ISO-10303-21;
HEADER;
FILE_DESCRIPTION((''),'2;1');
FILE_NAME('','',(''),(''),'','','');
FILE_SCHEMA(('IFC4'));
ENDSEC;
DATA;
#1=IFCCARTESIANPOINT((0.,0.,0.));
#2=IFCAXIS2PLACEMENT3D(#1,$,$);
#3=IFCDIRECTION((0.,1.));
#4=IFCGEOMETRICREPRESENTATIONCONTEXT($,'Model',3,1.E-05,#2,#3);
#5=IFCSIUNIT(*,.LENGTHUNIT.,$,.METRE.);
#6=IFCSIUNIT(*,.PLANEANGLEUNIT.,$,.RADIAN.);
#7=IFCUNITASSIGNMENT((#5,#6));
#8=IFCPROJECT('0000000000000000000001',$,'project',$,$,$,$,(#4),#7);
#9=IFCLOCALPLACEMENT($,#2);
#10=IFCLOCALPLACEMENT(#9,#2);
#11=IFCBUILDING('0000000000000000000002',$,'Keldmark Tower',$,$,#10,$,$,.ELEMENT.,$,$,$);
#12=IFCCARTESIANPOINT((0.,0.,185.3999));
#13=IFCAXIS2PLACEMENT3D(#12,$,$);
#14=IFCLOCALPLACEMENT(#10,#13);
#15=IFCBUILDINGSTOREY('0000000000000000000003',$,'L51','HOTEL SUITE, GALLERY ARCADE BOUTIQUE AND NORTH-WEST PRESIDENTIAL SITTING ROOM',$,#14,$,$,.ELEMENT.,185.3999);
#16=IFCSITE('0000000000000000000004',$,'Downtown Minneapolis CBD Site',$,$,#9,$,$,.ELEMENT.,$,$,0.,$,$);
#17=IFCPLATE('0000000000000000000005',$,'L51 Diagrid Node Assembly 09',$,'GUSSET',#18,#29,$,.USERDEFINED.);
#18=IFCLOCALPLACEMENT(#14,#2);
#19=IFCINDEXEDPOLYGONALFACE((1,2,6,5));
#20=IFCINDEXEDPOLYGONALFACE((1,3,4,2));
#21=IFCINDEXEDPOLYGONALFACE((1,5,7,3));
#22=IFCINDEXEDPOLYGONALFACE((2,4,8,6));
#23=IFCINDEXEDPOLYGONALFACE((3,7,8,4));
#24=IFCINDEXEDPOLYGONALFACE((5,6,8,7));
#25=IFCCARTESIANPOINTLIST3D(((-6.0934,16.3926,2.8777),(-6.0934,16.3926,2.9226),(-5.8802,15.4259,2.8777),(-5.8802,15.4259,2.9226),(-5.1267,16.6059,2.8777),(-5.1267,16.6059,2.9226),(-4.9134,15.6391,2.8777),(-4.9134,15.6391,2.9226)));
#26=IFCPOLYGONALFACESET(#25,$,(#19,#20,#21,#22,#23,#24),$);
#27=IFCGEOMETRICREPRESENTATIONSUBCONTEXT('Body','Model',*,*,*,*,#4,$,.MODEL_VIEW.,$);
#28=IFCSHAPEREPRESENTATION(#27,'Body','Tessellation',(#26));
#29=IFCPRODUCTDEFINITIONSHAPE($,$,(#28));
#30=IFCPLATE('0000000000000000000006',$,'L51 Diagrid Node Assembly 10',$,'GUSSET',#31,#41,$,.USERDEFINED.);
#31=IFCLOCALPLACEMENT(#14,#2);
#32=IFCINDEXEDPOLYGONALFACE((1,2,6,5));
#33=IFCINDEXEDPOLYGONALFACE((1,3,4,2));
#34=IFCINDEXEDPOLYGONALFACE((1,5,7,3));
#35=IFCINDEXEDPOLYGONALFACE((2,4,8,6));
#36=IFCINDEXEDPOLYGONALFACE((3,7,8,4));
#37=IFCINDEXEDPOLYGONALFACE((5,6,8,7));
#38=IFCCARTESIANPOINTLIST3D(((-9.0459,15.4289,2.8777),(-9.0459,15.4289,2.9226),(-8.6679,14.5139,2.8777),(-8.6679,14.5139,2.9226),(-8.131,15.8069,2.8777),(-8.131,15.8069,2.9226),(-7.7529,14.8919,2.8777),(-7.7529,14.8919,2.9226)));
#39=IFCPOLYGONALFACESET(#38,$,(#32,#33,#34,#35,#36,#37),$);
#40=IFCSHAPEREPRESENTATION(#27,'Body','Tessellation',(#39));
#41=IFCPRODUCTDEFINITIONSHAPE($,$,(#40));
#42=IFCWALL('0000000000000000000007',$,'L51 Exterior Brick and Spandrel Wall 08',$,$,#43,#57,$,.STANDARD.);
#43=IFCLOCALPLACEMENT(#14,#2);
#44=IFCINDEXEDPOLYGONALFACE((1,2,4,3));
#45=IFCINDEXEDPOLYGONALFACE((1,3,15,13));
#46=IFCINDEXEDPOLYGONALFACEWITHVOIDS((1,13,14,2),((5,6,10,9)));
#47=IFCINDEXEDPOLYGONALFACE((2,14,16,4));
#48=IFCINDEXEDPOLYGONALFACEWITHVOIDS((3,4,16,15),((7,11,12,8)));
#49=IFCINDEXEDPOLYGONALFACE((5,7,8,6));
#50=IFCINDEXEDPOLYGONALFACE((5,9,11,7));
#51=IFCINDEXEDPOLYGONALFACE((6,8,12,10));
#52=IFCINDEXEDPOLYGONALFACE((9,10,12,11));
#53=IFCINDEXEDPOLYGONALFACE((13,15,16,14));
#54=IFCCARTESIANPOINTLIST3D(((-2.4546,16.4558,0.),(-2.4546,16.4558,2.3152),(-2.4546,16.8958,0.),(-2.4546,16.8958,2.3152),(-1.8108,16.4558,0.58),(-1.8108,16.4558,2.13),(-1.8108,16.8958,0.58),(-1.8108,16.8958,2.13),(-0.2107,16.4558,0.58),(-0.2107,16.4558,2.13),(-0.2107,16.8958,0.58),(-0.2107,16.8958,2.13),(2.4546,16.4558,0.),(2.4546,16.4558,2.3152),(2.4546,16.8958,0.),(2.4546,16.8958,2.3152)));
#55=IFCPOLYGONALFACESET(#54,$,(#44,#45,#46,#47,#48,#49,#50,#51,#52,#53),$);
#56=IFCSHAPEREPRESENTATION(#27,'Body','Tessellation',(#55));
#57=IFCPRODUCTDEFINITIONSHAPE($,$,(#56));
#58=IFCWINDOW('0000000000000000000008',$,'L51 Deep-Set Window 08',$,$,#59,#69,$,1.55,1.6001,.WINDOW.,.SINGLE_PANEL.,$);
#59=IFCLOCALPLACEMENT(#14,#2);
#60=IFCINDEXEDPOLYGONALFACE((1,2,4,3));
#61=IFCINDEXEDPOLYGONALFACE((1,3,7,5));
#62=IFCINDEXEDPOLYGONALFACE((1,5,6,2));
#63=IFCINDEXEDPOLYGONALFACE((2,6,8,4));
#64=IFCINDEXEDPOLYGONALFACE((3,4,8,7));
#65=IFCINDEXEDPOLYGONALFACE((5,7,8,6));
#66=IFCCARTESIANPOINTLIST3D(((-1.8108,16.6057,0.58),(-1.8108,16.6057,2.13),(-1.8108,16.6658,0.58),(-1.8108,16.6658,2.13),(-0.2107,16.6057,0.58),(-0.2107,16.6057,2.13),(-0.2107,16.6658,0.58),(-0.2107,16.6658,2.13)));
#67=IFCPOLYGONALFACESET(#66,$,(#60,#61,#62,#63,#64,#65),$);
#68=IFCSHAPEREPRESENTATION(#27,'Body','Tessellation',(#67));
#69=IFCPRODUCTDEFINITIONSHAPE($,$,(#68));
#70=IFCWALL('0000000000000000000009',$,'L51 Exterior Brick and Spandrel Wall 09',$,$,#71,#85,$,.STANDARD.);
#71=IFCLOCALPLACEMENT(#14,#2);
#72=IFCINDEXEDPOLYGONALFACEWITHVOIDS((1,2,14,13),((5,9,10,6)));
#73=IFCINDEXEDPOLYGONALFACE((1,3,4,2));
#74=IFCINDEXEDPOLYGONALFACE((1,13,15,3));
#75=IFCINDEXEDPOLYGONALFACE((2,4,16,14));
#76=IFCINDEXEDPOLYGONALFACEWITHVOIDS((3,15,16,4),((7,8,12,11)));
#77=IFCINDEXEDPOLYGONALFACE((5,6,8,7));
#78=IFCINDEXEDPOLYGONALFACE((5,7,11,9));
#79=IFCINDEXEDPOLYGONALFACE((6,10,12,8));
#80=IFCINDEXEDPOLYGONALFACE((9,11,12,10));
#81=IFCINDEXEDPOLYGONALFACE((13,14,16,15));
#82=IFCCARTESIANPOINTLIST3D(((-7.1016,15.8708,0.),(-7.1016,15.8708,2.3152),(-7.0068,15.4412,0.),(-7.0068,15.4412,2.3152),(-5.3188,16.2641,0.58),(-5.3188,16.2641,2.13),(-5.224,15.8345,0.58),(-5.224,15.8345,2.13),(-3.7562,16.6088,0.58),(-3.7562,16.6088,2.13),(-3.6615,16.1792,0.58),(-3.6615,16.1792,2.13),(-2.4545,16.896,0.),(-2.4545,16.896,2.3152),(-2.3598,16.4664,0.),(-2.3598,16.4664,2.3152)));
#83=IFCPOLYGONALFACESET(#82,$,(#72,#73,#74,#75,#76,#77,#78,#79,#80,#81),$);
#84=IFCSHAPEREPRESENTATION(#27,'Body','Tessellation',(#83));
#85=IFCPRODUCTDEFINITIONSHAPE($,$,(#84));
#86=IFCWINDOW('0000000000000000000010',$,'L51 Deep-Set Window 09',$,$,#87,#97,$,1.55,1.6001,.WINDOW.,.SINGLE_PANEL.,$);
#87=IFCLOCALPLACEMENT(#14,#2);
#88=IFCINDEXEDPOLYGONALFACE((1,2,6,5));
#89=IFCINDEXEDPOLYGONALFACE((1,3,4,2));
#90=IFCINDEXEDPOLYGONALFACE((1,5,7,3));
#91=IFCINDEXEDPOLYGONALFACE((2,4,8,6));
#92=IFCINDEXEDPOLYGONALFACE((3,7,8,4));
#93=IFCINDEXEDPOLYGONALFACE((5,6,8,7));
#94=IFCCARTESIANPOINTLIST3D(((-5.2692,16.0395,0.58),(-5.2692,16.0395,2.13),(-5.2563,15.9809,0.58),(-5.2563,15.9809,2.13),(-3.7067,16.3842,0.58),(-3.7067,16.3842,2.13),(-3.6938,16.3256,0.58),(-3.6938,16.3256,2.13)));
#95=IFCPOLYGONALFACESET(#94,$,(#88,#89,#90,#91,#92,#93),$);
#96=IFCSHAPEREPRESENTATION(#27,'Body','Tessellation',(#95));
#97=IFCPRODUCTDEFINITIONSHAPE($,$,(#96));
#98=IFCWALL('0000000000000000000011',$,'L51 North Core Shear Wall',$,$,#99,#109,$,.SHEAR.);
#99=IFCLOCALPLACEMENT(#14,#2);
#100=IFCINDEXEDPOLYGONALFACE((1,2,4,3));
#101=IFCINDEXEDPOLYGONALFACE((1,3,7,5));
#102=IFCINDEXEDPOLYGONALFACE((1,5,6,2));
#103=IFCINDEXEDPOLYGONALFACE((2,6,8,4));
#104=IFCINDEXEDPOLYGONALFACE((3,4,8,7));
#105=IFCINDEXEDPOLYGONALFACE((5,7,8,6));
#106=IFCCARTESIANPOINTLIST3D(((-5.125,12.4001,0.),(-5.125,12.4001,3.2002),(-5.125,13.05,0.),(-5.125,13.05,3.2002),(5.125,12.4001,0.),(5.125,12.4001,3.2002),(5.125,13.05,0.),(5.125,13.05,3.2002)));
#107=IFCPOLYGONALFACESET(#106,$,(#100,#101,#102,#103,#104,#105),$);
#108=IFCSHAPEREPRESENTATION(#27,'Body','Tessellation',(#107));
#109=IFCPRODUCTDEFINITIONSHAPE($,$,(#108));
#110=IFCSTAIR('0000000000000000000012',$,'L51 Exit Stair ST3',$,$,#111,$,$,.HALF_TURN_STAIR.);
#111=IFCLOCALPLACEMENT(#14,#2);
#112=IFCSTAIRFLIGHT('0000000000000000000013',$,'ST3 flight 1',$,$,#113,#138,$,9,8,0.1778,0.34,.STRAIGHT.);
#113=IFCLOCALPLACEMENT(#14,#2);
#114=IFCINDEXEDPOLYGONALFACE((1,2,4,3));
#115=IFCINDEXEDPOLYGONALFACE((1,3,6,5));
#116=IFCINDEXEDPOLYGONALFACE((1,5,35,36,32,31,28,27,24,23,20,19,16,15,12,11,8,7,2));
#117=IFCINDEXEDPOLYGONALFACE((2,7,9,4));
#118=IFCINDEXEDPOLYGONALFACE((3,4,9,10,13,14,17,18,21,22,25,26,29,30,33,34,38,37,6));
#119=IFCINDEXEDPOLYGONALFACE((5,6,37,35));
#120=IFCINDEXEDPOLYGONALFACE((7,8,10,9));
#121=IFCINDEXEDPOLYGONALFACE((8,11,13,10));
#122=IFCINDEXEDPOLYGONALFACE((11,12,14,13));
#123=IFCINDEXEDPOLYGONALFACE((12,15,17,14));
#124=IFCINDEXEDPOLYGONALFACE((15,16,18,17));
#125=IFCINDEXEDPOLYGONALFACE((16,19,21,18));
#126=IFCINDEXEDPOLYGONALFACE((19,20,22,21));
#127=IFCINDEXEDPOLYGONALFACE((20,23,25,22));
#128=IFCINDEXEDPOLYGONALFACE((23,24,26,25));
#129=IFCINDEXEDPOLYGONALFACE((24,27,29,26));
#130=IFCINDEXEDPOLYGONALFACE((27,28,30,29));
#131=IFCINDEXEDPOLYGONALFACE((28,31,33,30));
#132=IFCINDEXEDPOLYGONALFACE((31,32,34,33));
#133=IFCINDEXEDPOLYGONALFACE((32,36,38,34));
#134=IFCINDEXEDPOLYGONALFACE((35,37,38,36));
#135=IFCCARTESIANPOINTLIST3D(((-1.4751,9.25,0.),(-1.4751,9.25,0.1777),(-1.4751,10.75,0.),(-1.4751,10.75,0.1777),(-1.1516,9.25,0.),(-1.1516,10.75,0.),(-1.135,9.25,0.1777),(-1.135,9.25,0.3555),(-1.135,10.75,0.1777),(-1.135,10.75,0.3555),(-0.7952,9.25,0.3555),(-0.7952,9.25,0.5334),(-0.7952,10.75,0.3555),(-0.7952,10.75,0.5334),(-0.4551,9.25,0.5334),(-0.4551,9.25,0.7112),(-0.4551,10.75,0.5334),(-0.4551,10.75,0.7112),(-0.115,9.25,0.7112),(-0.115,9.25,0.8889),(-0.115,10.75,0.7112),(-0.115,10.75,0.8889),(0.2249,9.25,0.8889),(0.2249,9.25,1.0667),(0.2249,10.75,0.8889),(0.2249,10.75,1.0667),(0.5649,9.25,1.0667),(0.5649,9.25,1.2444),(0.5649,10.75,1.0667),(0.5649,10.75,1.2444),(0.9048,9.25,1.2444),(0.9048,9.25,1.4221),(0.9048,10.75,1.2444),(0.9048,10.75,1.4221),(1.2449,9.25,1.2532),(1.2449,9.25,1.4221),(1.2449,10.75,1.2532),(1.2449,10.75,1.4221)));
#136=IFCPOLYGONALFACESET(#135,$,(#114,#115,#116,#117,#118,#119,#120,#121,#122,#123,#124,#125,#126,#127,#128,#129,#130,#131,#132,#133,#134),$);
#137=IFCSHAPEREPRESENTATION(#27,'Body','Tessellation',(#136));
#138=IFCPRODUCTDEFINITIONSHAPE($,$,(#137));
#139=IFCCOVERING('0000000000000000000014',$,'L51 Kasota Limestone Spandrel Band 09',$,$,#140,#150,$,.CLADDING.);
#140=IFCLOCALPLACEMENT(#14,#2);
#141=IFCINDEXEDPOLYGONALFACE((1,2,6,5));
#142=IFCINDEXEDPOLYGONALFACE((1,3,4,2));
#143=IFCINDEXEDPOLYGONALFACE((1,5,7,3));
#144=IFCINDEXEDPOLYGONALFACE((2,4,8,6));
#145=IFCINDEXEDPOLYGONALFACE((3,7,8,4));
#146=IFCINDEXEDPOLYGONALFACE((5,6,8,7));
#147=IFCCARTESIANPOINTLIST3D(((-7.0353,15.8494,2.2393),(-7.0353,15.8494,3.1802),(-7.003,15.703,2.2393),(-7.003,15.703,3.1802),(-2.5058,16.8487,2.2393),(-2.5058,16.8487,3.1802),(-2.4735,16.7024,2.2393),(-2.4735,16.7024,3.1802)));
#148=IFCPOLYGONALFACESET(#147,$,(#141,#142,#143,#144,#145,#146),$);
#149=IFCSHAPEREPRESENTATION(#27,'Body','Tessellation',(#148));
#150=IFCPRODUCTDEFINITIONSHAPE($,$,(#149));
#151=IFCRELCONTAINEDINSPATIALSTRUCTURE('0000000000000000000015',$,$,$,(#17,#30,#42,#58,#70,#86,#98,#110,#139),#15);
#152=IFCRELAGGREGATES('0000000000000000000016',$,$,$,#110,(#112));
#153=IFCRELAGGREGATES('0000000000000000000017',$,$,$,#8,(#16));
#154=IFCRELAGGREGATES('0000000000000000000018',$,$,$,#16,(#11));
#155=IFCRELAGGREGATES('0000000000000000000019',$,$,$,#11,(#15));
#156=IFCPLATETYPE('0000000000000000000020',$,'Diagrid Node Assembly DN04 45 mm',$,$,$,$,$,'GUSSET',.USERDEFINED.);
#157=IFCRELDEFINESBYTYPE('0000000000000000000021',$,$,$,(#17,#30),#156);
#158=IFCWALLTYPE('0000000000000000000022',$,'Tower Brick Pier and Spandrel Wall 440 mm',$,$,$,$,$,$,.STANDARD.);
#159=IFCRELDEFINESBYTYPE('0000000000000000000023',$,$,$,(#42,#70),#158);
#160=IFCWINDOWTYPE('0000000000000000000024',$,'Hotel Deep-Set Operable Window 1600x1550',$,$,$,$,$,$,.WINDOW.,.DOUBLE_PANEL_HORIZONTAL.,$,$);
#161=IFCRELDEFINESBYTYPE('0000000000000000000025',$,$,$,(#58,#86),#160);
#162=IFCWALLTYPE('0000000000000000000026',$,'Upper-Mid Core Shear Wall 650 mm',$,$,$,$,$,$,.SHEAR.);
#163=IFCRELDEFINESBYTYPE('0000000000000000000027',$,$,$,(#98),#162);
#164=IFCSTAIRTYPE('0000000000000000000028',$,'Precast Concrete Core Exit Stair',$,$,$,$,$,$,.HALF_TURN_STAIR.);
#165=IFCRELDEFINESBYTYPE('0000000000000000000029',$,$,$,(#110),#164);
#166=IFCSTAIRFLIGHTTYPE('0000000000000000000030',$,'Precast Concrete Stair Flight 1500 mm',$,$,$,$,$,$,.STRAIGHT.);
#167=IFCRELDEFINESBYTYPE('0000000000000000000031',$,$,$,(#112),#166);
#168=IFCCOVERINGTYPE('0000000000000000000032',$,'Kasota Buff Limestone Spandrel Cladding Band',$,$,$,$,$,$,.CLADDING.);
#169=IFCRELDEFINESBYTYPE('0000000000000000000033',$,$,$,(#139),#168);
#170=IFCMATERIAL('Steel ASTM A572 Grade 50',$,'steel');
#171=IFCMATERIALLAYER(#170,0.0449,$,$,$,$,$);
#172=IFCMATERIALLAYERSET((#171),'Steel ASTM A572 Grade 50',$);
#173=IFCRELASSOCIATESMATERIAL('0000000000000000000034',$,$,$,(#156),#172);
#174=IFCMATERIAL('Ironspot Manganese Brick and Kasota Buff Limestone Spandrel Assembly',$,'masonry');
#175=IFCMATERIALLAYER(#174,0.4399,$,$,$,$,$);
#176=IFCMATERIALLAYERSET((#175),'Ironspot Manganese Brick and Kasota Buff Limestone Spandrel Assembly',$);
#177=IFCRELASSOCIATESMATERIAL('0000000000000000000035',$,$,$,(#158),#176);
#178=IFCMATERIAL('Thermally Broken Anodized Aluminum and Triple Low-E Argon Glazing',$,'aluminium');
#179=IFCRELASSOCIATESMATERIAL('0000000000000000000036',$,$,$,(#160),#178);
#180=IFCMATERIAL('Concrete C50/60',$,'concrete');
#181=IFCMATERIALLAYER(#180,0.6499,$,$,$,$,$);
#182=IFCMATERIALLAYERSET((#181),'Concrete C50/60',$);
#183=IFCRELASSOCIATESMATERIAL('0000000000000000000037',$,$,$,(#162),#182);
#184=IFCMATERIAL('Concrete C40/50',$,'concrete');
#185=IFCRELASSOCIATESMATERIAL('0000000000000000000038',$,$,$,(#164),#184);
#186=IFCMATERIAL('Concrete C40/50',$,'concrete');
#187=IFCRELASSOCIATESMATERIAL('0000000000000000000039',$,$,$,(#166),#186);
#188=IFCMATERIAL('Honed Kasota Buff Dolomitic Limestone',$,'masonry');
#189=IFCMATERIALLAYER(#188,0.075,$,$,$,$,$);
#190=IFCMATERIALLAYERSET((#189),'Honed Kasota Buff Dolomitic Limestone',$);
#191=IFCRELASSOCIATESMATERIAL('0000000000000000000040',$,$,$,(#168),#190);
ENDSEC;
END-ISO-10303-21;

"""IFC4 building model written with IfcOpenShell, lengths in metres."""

from ifc_helpers import new_model, si_unit, direction, frame, frame_2d, origin, origin_2d, place, context, subcontext, project, spatial, polyline, rectangle, outline, extrude, material, layer, layer_set, type_object, element, fill, aggregate, save


model = new_model("IFC4")

# Units and contexts
model_context = context("Model", 3, precision=1e-05, world=origin(), true_north=direction((0.0, 1.0)))
body_context = subcontext(model_context, "Body", "Model", "MODEL_VIEW")
ifc_project = project(units=[si_unit("LENGTHUNIT", "METRE"), si_unit("PLANEANGLEUNIT", "RADIAN")], contexts=[model_context])

# Site, building, storey
site_placement = place(None, origin())
site = spatial("IfcSite", under=ifc_project, at=site_placement, Name="Downtown Minneapolis CBD Site", CompositionType="ELEMENT", RefElevation=0.0)
building_placement = place(site_placement, origin())
building = spatial("IfcBuilding", under=site, at=building_placement, Name="Keldmark Tower", CompositionType="ELEMENT")
storey_placement = place(building_placement, frame((0.0, 0.0, 185.3999)))
storey = spatial("IfcBuildingStorey", under=building, at=storey_placement, Name="L51", Description="HOTEL SUITE, GALLERY ARCADE BOUTIQUE AND NORTH-WEST PRESIDENTIAL SITTING ROOM", CompositionType="ELEMENT", Elevation=185.3999)

# Plates
ifc_material_1 = material(Name="Steel ASTM A572 Grade 50", Category="steel")
ifc_layer_1 = layer(ifc_material_1, 0.0449)
ifc_layer_set_1 = layer_set([ifc_layer_1], Name="Steel ASTM A572 Grade 50")
plate_type_1 = type_object("IfcPlateType", Name="Diagrid Node Assembly DN04 45 mm", ElementType="GUSSET", PredefinedType="USERDEFINED", material=ifc_layer_set_1)
for number, where, z_axis, x_axis, name in (
    (1, (-5.5034, 16.0159, 2.8777), (0.0, 0.0, 1.0), (-0.976522, -0.215417, 0.0), "L51 Diagrid Node Assembly 09"),
    (2, (-8.3994, 15.1604, 2.8777), (0.0, 0.0, 1.0), (-0.924213, -0.381877, 0.0), "L51 Diagrid Node Assembly 10"),
):
    element("IfcPlate", number, at=place(storey_placement, frame(where, z_axis=z_axis, x_axis=x_axis)), inside=storey, type_object=plate_type_1, Name=name, ObjectType="GUSSET", PredefinedType="USERDEFINED", context=body_context, shape_type="SweptSolid", body=[
        extrude(rectangle(XDim=0.99, YDim=0.99, at=origin_2d()), origin(), (0.0, 0.0, 1.0), 0.0449),
    ])

# Walls, openings, windows
ifc_material_2 = material(Name="Ironspot Manganese Brick and Kasota Buff Limestone Spandrel Assembly", Category="masonry")
ifc_layer_2 = layer(ifc_material_2, 0.4399)
ifc_layer_set_2 = layer_set([ifc_layer_2], Name="Ironspot Manganese Brick and Kasota Buff Limestone Spandrel Assembly")
wall_type_1 = type_object("IfcWallType", Name="Tower Brick Pier and Spandrel Wall 440 mm", PredefinedType="STANDARD", material=ifc_layer_set_2)
wall_1_placement = place(storey_placement, frame((-2.4546, 16.6758, 0.0), z_axis=(0.0, 0.0, 1.0), x_axis=(1.0, 0.0, 0.0)))
wall_1 = element("IfcWall", 3, at=wall_1_placement, inside=storey, type_object=wall_type_1, Name="L51 Exterior Brick and Spandrel Wall 08", PredefinedType="STANDARD", context=body_context, shape_type="SweptSolid", body=[
    extrude(rectangle(XDim=4.9092, YDim=0.4399, at=frame_2d((2.4546, 0.0))), origin(), (0.0, 0.0, 1.0), 2.3152),
])
opening_1_placement = place(wall_1_placement, frame((0.6438, 0.0, 0.5801)))
opening_1 = element("IfcOpeningElement", 4, at=opening_1_placement, cuts=wall_1, PredefinedType="OPENING", context=body_context, shape_type="SweptSolid", body=[
    extrude(rectangle(XDim=1.6001, YDim=1.55, at=frame_2d((0.8, 0.7749))), frame((0.0, 0.23, 0.0), z_axis=(0.0, -1.0, 0.0), x_axis=(1.0, 0.0, 0.0)), (0.0, 0.0, 1.0), 0.46),
])
ifc_material_3 = material(Name="Thermally Broken Anodized Aluminum and Triple Low-E Argon Glazing", Category="aluminium")
window_type = type_object("IfcWindowType", Name="Hotel Deep-Set Operable Window 1600x1550", PartitioningType="DOUBLE_PANEL_HORIZONTAL", PredefinedType="WINDOW", material=ifc_material_3)
window_1_placement = place(opening_1_placement, origin())
window_1 = element("IfcWindow", 5, at=window_1_placement, inside=storey, type_object=window_type, Name="L51 Deep-Set Window 08", OverallHeight=1.55, OverallWidth=1.6001, PartitioningType="SINGLE_PANEL", PredefinedType="WINDOW", context=body_context, shape_type="SweptSolid", body=[
    extrude(rectangle(XDim=1.6001, YDim=1.55, at=frame_2d((0.8, 0.7749))), frame((0.0, -0.01, 0.0), z_axis=(0.0, -1.0, 0.0), x_axis=(1.0, 0.0, 0.0)), (0.0, 0.0, 1.0), 0.0601),
])
fill(opening_1, window_1)
wall_2_placement = place(storey_placement, frame((-7.0542, 15.656, 0.0), z_axis=(0.0, 0.0, 1.0), x_axis=(0.97652, 0.215425, 0.0)))
wall_2 = element("IfcWall", 6, at=wall_2_placement, inside=storey, type_object=wall_type_1, Name="L51 Exterior Brick and Spandrel Wall 09", PredefinedType="STANDARD", context=body_context, shape_type="SweptSolid", body=[
    extrude(rectangle(XDim=4.7588, YDim=0.4399, at=frame_2d((2.3794, 0.0))), origin(), (0.0, 0.0, 1.0), 2.3152),
])
opening_2_placement = place(wall_2_placement, frame((1.8257, 0.0, 0.5801)))
opening_2 = element("IfcOpeningElement", 7, at=opening_2_placement, cuts=wall_2, PredefinedType="OPENING", context=body_context, shape_type="SweptSolid", body=[
    extrude(rectangle(XDim=1.6001, YDim=1.55, at=frame_2d((0.8, 0.7749))), frame((0.0, 0.23, 0.0), z_axis=(0.0, -1.0, 0.0), x_axis=(1.0, 0.0, 0.0)), (0.0, 0.0, 1.0), 0.46),
])
window_2_placement = place(opening_2_placement, origin())
window_2 = element("IfcWindow", 8, at=window_2_placement, inside=storey, type_object=window_type, Name="L51 Deep-Set Window 09", OverallHeight=1.55, OverallWidth=1.6001, PartitioningType="SINGLE_PANEL", PredefinedType="WINDOW", context=body_context, shape_type="SweptSolid", body=[
    extrude(rectangle(XDim=1.6001, YDim=1.55, at=frame_2d((0.8, 0.7749))), frame((0.0, -0.01, 0.0), z_axis=(0.0, -1.0, 0.0), x_axis=(1.0, 0.0, 0.0)), (0.0, 0.0, 1.0), 0.0601),
])
fill(opening_2, window_2)

# Wall
ifc_material_4 = material(Name="Concrete C50/60", Category="concrete")
ifc_layer_3 = layer(ifc_material_4, 0.6499)
ifc_layer_set_3 = layer_set([ifc_layer_3], Name="Concrete C50/60")
wall_type_2 = type_object("IfcWallType", Name="Upper-Mid Core Shear Wall 650 mm", PredefinedType="SHEAR", material=ifc_layer_set_3)
wall_3_placement = place(storey_placement, frame((-5.125, 12.7251, 0.0), z_axis=(0.0, 0.0, 1.0), x_axis=(1.0, 0.0, 0.0)))
element("IfcWall", 9, at=wall_3_placement, inside=storey, type_object=wall_type_2, Name="L51 North Core Shear Wall", PredefinedType="SHEAR", context=body_context, shape_type="SweptSolid", body=[
    extrude(rectangle(XDim=10.25, YDim=0.6499, at=frame_2d((5.125, 0.0))), origin(), (0.0, 0.0, 1.0), 3.2002),
])

# Stair, stair flight
ifc_material_5 = material(Name="Concrete C40/50", Category="concrete")
stair_type = type_object("IfcStairType", Name="Precast Concrete Core Exit Stair", PredefinedType="HALF_TURN_STAIR", material=ifc_material_5)
stair_placement = place(storey_placement, origin())
stair = element("IfcStair", 10, at=stair_placement, inside=storey, type_object=stair_type, Name="L51 Exit Stair ST3", PredefinedType="HALF_TURN_STAIR")
ifc_material_6 = material(Name="Concrete C40/50", Category="concrete")
stair_flight_type = type_object("IfcStairFlightType", Name="Precast Concrete Stair Flight 1500 mm", PredefinedType="STRAIGHT", material=ifc_material_6)
stair_flight_placement = place(storey_placement, frame((-1.4751, 10.0, 0.0), z_axis=(0.0, 0.0, 1.0), x_axis=(1.0, 0.0, 0.0)))
stair_flight = element("IfcStairFlight", 11, at=stair_flight_placement, type_object=stair_flight_type, Name="ST3 flight 1", NumberOfRisers=9, NumberOfTreads=8, PredefinedType="STRAIGHT", RiserHeight=0.1778, TreadLength=0.34, context=body_context, shape_type="SweptSolid", body=[
    extrude(outline(polyline([(0.0, 0.0), (0.0, 0.1777), (0.3401, 0.1777), (0.3401, 0.3555), (0.6799, 0.3555), (0.6799, 0.5334), (1.02, 0.5334), (1.02, 0.7112), (1.3601, 0.7112), (1.3601, 0.8889), (1.7, 0.8889), (1.7, 1.0667), (2.04, 1.0667), (2.04, 1.2444), (2.3799, 1.2444), (2.3799, 1.4221), (2.72, 1.4221), (2.72, 1.6001), (2.72, 1.2532), (0.3235, 0.0), (0.0, 0.0)])), frame((0.0, 0.75, 0.0), z_axis=(0.0, -1.0, 0.0), x_axis=(1.0, 0.0, 0.0)), (0.0, 0.0, 1.0), 1.5),
])
aggregate(stair, [stair_flight])

# Covering
ifc_material_7 = material(Name="Honed Kasota Buff Dolomitic Limestone", Category="masonry")
ifc_layer_4 = layer(ifc_material_7, 0.075)
ifc_layer_set_4 = layer_set([ifc_layer_4], Name="Honed Kasota Buff Dolomitic Limestone")
covering_type = type_object("IfcCoveringType", Name="Kasota Buff Limestone Spandrel Cladding Band", PredefinedType="CLADDING", material=ifc_layer_set_4)
covering_placement = place(storey_placement, frame((-4.7544, 16.2759, 2.2393), z_axis=(0.0, 0.0, 1.0), x_axis=(-0.976515, -0.215451, 0.0)))
element("IfcCovering", 12, at=covering_placement, inside=storey, type_object=covering_type, Name="L51 Kasota Limestone Spandrel Band 09", PredefinedType="CLADDING", context=body_context, shape_type="SweptSolid", body=[
    extrude(rectangle(XDim=4.6384, YDim=0.1499, at=origin_2d()), origin(), (0.0, 0.0, 1.0), 0.9409),
])

save(model, "model.ifc")
